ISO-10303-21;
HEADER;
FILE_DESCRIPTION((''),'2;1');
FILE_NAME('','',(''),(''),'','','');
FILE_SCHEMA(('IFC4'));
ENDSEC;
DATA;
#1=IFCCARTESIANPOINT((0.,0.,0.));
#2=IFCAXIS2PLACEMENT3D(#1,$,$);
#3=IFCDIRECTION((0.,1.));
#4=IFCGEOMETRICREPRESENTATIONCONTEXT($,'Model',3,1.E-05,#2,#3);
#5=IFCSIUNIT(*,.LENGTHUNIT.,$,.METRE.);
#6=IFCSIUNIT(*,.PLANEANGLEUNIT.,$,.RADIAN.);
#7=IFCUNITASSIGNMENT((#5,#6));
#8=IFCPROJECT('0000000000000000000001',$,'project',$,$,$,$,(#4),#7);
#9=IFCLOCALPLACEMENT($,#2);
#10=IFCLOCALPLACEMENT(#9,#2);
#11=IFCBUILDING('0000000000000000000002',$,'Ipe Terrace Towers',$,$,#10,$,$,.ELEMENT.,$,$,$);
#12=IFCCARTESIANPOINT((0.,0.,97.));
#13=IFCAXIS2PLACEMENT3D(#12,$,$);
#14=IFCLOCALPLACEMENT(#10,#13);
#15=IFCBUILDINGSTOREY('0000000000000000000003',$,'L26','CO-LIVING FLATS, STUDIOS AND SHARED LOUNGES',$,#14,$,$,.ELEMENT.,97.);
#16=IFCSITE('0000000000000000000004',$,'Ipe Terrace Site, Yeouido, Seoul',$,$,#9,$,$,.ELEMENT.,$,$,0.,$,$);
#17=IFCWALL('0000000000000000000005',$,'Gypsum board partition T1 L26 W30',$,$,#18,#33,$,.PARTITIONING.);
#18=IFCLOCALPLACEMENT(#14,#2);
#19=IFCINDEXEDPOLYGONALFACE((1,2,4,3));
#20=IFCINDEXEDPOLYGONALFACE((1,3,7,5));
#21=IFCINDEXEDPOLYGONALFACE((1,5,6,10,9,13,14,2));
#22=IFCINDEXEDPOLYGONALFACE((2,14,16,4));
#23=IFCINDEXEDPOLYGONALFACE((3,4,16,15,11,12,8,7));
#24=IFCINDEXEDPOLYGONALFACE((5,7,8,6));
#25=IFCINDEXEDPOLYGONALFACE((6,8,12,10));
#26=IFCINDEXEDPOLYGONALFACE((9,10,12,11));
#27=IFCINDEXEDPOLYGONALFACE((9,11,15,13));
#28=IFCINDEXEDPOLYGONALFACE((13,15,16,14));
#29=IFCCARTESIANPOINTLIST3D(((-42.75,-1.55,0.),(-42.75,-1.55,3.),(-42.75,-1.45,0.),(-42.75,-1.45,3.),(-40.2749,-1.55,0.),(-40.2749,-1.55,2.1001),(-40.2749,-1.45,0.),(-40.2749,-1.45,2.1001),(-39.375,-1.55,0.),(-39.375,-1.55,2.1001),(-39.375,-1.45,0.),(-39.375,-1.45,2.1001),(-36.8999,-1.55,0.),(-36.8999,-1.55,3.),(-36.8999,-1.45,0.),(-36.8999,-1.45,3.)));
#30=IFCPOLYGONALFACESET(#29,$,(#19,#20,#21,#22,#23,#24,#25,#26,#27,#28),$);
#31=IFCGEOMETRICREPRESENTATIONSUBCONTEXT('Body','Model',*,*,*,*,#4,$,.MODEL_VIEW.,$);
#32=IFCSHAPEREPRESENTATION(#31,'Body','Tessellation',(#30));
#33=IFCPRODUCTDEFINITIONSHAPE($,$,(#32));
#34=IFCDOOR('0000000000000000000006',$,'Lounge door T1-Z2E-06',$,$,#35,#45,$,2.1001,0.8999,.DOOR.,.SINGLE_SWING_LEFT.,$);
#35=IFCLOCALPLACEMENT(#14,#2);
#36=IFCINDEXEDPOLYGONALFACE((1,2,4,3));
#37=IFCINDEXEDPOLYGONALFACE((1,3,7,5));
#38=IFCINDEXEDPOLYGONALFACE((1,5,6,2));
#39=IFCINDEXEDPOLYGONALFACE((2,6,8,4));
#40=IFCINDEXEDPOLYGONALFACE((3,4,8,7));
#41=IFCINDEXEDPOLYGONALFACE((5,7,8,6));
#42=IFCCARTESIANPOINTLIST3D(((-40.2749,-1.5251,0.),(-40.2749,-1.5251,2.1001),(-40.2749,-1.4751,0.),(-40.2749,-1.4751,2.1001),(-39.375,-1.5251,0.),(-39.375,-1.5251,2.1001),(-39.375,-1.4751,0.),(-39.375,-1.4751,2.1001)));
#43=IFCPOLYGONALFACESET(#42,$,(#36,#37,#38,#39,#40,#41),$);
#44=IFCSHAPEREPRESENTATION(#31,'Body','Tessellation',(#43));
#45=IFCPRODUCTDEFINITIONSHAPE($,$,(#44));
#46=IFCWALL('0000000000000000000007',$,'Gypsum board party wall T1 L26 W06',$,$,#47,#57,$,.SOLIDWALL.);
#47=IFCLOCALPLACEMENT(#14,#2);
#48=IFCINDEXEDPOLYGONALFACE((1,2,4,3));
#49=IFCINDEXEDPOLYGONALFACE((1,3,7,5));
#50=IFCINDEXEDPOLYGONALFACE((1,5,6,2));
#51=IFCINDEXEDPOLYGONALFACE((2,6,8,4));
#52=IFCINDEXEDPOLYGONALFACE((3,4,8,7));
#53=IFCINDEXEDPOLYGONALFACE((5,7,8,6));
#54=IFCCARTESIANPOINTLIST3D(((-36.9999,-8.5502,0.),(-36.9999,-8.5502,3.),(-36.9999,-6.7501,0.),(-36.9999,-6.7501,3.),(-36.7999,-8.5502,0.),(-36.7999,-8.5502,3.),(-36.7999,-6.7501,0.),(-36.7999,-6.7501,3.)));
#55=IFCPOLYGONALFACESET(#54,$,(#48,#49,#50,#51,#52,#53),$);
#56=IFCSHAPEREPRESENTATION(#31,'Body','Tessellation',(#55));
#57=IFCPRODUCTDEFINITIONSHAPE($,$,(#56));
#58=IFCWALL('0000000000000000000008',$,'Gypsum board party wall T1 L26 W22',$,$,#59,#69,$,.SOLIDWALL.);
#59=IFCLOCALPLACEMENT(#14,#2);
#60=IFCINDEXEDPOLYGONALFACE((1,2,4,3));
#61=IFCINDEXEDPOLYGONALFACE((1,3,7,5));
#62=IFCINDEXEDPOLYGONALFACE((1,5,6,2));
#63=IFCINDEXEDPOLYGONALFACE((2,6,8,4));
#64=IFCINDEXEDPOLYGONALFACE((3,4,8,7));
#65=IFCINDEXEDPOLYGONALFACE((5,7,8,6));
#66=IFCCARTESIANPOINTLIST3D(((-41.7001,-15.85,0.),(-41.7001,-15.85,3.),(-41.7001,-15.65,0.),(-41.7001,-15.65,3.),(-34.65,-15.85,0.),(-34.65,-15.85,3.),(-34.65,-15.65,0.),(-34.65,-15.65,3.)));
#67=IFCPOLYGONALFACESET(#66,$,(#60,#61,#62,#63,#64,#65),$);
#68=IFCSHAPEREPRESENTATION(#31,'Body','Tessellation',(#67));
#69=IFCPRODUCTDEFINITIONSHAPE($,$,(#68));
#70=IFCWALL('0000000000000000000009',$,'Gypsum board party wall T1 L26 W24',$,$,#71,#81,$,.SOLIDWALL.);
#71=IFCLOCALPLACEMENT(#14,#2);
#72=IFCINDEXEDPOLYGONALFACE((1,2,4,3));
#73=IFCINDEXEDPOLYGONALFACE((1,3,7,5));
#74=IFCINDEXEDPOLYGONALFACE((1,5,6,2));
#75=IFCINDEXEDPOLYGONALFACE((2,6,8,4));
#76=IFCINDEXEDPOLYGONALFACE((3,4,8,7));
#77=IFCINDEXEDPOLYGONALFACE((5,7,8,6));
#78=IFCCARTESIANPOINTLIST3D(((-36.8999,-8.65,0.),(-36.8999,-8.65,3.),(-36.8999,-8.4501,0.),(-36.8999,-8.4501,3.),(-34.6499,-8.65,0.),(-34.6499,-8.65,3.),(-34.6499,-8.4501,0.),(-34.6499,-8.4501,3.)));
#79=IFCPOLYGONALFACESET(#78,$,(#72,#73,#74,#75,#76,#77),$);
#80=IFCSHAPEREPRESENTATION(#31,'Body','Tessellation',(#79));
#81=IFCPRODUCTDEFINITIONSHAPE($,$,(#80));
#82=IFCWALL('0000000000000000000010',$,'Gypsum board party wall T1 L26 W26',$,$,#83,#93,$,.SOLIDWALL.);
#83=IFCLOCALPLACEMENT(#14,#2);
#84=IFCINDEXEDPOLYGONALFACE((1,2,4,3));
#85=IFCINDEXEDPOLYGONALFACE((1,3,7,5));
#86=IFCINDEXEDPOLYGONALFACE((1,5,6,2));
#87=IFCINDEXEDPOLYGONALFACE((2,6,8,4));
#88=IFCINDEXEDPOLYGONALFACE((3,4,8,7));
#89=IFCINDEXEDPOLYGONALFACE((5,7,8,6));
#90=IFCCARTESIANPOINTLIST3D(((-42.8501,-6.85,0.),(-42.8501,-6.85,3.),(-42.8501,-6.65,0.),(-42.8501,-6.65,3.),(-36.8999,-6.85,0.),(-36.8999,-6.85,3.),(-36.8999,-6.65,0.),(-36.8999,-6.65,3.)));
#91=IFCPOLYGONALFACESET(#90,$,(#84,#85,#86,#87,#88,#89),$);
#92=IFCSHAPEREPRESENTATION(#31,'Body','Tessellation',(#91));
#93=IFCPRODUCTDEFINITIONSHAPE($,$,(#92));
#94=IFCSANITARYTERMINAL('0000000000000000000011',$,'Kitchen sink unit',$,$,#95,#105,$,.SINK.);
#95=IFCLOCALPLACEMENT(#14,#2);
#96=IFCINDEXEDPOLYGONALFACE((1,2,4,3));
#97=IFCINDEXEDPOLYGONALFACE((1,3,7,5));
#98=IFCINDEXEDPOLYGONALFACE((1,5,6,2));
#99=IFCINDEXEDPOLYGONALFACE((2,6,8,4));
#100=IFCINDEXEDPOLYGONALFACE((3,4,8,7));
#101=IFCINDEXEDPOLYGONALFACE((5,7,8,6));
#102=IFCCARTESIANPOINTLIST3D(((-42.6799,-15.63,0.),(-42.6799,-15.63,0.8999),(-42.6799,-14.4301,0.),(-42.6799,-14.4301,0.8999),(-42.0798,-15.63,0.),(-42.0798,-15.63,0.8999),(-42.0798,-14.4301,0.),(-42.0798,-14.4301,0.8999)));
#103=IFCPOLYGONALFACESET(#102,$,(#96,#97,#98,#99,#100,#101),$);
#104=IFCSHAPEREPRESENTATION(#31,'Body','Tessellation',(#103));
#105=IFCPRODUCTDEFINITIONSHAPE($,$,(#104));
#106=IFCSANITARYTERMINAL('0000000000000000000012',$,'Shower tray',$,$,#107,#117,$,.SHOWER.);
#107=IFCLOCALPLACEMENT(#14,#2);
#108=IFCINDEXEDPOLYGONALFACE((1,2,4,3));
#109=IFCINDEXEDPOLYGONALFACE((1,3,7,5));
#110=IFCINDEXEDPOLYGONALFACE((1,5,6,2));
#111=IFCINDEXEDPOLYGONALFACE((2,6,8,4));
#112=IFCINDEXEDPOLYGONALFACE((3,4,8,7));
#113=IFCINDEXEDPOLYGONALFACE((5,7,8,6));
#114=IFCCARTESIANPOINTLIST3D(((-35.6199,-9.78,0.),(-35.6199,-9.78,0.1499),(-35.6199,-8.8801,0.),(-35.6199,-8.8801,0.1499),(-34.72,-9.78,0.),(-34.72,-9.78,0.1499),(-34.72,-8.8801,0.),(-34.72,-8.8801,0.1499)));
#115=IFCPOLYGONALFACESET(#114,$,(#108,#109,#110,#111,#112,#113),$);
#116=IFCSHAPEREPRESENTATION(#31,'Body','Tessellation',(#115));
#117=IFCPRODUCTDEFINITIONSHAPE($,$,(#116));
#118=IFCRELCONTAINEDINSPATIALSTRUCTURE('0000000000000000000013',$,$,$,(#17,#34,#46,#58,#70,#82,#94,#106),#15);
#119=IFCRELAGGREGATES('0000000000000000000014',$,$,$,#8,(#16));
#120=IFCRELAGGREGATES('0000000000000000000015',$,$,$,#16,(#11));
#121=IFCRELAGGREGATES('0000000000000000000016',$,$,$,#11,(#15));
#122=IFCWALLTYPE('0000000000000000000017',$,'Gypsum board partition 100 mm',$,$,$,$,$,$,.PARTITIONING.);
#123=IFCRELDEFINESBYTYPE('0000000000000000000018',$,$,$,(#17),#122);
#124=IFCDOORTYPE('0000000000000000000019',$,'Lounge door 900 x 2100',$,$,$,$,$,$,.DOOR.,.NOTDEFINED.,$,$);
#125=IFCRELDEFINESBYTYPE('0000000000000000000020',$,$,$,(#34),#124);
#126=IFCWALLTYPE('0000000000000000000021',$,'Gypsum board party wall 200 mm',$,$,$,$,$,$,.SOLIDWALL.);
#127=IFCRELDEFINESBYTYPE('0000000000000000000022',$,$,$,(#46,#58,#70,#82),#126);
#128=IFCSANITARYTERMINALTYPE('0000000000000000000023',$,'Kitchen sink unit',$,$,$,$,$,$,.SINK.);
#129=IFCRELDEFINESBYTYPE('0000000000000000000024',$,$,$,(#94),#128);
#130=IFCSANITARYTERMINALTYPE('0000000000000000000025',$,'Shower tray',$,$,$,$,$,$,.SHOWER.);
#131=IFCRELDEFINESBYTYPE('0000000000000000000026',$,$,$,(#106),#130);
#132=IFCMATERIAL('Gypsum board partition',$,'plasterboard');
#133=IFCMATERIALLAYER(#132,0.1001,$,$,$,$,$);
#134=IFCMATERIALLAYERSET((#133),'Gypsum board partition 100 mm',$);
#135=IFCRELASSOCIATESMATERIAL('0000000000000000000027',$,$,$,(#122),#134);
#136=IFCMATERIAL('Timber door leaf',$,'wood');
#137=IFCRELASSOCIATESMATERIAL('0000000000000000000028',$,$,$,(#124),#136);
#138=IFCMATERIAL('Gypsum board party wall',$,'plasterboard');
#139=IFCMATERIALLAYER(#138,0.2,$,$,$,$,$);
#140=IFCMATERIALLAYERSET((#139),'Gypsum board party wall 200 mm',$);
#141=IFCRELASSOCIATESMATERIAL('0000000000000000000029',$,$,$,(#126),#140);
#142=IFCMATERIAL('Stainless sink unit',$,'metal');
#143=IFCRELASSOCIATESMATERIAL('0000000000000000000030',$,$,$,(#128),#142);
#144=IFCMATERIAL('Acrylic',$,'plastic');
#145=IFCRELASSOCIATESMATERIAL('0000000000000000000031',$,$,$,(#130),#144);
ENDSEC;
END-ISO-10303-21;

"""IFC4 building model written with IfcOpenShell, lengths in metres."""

from ifc_helpers import new_model, si_unit, direction, frame, frame_2d, origin, origin_2d, place, context, subcontext, project, spatial, rectangle, extrude, material, layer, layer_set, type_object, element, fill, save


model = new_model("IFC4")

# Units and contexts
model_context = context("Model", 3, precision=1e-05, world=origin(), true_north=direction((0.0, 1.0)))
body_context = subcontext(model_context, "Body", "Model", "MODEL_VIEW")
ifc_project = project(units=[si_unit("LENGTHUNIT", "METRE"), si_unit("PLANEANGLEUNIT", "RADIAN")], contexts=[model_context])

# Site, building, storey
site_placement = place(None, origin())
site = spatial("IfcSite", under=ifc_project, at=site_placement, Name="Ipe Terrace Site, Yeouido, Seoul", CompositionType="ELEMENT", RefElevation=0.0)
building_placement = place(site_placement, origin())
building = spatial("IfcBuilding", under=site, at=building_placement, Name="Ipe Terrace Towers", CompositionType="ELEMENT")
storey_placement = place(building_placement, frame((0.0, 0.0, 97.0)))
storey = spatial("IfcBuildingStorey", under=building, at=storey_placement, Name="L26", Description="CO-LIVING FLATS, STUDIOS AND SHARED LOUNGES", CompositionType="ELEMENT", Elevation=97.0)

# Shared definitions
ifc_material_1 = material(Name="Gypsum board partition", Category="plasterboard")
ifc_layer_1 = layer(ifc_material_1, 0.1001)
ifc_layer_set_1 = layer_set([ifc_layer_1], Name="Gypsum board partition 100 mm")
wall_type_1 = type_object("IfcWallType", Name="Gypsum board partition 100 mm", PredefinedType="PARTITIONING", material=ifc_layer_set_1)

# Shared definitions
ifc_material_2 = material(Name="Timber door leaf", Category="wood")
door_type_1 = type_object("IfcDoorType", Name="Lounge door 900 x 2100", OperationType="NOTDEFINED", PredefinedType="DOOR", material=ifc_material_2)

# Wall, opening, door
wall_1_placement = place(storey_placement, frame((-42.75, -1.5, 0.0), z_axis=(0.0, 0.0, 1.0), x_axis=(1.0, 0.0, 0.0)))
wall_1 = element("IfcWall", 1, at=wall_1_placement, inside=storey, type_object=wall_type_1, Name="Gypsum board partition T1 L26 W30", PredefinedType="PARTITIONING", context=body_context, shape_type="SweptSolid", body=[
    extrude(rectangle(XDim=5.8501, YDim=0.1001, at=frame_2d((2.925, 0.0))), origin(), (0.0, 0.0, 1.0), 3.0),
])
opening_1_placement = place(wall_1_placement, frame((2.4751, 0.0, 0.0)))
opening_1 = element("IfcOpeningElement", 2, at=opening_1_placement, cuts=wall_1, PredefinedType="OPENING", context=body_context, shape_type="SweptSolid", body=[
    extrude(rectangle(XDim=0.8999, YDim=2.1001, at=frame_2d((0.45, 1.05))), frame((0.0, 0.0601, 0.0), z_axis=(0.0, -1.0, 0.0), x_axis=(1.0, 0.0, 0.0)), (0.0, 0.0, 1.0), 0.1201),
])
door_1_placement = place(opening_1_placement, origin())
door_1 = element("IfcDoor", 3, at=door_1_placement, inside=storey, type_object=door_type_1, Name="Lounge door T1-Z2E-06", OperationType="SINGLE_SWING_LEFT", OverallHeight=2.1001, OverallWidth=0.8999, PredefinedType="DOOR", context=body_context, shape_type="SweptSolid", body=[
    extrude(rectangle(XDim=0.8999, YDim=2.1001, at=frame_2d((0.45, 1.05))), frame((0.0, 0.0249, 0.0), z_axis=(0.0, -1.0, 0.0), x_axis=(1.0, 0.0, 0.0)), (0.0, 0.0, 1.0), 0.05),
])
fill(opening_1, door_1)

# Walls
ifc_material_3 = material(Name="Gypsum board party wall", Category="plasterboard")
ifc_layer_2 = layer(ifc_material_3, 0.2)
ifc_layer_set_2 = layer_set([ifc_layer_2], Name="Gypsum board party wall 200 mm")
wall_type_2 = type_object("IfcWallType", Name="Gypsum board party wall 200 mm", PredefinedType="SOLIDWALL", material=ifc_layer_set_2)
wall_2_placement = place(storey_placement, frame((-36.8999, -8.55, 0.0), z_axis=(0.0, 0.0, 1.0), x_axis=(0.0, 1.0, 0.0)))
element("IfcWall", 4, at=wall_2_placement, inside=storey, type_object=wall_type_2, Name="Gypsum board party wall T1 L26 W06", PredefinedType="SOLIDWALL", context=body_context, shape_type="SweptSolid", body=[
    extrude(rectangle(XDim=1.8, YDim=0.2, at=frame_2d((0.8999, 0.0))), origin(), (0.0, 0.0, 1.0), 3.0),
])
wall_3_placement = place(storey_placement, frame((-41.7, -15.75, 0.0), z_axis=(0.0, 0.0, 1.0), x_axis=(1.0, 0.0, 0.0)))
element("IfcWall", 5, at=wall_3_placement, inside=storey, type_object=wall_type_2, Name="Gypsum board party wall T1 L26 W22", PredefinedType="SOLIDWALL", context=body_context, shape_type="SweptSolid", body=[
    extrude(rectangle(XDim=7.05, YDim=0.2, at=frame_2d((3.5249, 0.0))), origin(), (0.0, 0.0, 1.0), 3.0),
])
wall_4_placement = place(storey_placement, frame((-36.8999, -8.55, 0.0), z_axis=(0.0, 0.0, 1.0), x_axis=(1.0, 0.0, 0.0)))
element("IfcWall", 6, at=wall_4_placement, inside=storey, type_object=wall_type_2, Name="Gypsum board party wall T1 L26 W24", PredefinedType="SOLIDWALL", context=body_context, shape_type="SweptSolid", body=[
    extrude(rectangle(XDim=2.25, YDim=0.2, at=frame_2d((1.125, 0.0))), origin(), (0.0, 0.0, 1.0), 3.0),
])
wall_5_placement = place(storey_placement, frame((-42.8501, -6.75, 0.0), z_axis=(0.0, 0.0, 1.0), x_axis=(1.0, 0.0, 0.0)))
element("IfcWall", 7, at=wall_5_placement, inside=storey, type_object=wall_type_2, Name="Gypsum board party wall T1 L26 W26", PredefinedType="SOLIDWALL", context=body_context, shape_type="SweptSolid", body=[
    extrude(rectangle(XDim=5.9502, YDim=0.2, at=frame_2d((2.9751, 0.0))), origin(), (0.0, 0.0, 1.0), 3.0),
])

# Sanitary terminals
ifc_material_4 = material(Name="Stainless sink unit", Category="metal")
sanitary_terminal_type_1 = type_object("IfcSanitaryTerminalType", Name="Kitchen sink unit", PredefinedType="SINK", material=ifc_material_4)
sanitary_terminal_1_placement = place(storey_placement, frame((-42.3799, -15.03, 0.0), z_axis=(0.0, 0.0, 1.0), x_axis=(0.0, 1.0, 0.0)))
element("IfcSanitaryTerminal", 8, at=sanitary_terminal_1_placement, inside=storey, type_object=sanitary_terminal_type_1, Name="Kitchen sink unit", PredefinedType="SINK", context=body_context, shape_type="SweptSolid", body=[
    extrude(rectangle(XDim=1.2, YDim=0.6001, at=origin_2d()), origin(), (0.0, 0.0, 1.0), 0.8999),
])
ifc_material_5 = material(Name="Acrylic", Category="plastic")
sanitary_terminal_type_2 = type_object("IfcSanitaryTerminalType", Name="Shower tray", PredefinedType="SHOWER", material=ifc_material_5)
sanitary_terminal_2_placement = place(storey_placement, frame((-35.1699, -9.3301, 0.0), z_axis=(0.0, 0.0, 1.0), x_axis=(-1.0, 0.0, 0.0)))
element("IfcSanitaryTerminal", 9, at=sanitary_terminal_2_placement, inside=storey, type_object=sanitary_terminal_type_2, Name="Shower tray", PredefinedType="SHOWER", context=body_context, shape_type="SweptSolid", body=[
    extrude(rectangle(XDim=0.8999, YDim=0.8999, at=origin_2d()), origin(), (0.0, 0.0, 1.0), 0.1499),
])

save(model, "model.ifc")
